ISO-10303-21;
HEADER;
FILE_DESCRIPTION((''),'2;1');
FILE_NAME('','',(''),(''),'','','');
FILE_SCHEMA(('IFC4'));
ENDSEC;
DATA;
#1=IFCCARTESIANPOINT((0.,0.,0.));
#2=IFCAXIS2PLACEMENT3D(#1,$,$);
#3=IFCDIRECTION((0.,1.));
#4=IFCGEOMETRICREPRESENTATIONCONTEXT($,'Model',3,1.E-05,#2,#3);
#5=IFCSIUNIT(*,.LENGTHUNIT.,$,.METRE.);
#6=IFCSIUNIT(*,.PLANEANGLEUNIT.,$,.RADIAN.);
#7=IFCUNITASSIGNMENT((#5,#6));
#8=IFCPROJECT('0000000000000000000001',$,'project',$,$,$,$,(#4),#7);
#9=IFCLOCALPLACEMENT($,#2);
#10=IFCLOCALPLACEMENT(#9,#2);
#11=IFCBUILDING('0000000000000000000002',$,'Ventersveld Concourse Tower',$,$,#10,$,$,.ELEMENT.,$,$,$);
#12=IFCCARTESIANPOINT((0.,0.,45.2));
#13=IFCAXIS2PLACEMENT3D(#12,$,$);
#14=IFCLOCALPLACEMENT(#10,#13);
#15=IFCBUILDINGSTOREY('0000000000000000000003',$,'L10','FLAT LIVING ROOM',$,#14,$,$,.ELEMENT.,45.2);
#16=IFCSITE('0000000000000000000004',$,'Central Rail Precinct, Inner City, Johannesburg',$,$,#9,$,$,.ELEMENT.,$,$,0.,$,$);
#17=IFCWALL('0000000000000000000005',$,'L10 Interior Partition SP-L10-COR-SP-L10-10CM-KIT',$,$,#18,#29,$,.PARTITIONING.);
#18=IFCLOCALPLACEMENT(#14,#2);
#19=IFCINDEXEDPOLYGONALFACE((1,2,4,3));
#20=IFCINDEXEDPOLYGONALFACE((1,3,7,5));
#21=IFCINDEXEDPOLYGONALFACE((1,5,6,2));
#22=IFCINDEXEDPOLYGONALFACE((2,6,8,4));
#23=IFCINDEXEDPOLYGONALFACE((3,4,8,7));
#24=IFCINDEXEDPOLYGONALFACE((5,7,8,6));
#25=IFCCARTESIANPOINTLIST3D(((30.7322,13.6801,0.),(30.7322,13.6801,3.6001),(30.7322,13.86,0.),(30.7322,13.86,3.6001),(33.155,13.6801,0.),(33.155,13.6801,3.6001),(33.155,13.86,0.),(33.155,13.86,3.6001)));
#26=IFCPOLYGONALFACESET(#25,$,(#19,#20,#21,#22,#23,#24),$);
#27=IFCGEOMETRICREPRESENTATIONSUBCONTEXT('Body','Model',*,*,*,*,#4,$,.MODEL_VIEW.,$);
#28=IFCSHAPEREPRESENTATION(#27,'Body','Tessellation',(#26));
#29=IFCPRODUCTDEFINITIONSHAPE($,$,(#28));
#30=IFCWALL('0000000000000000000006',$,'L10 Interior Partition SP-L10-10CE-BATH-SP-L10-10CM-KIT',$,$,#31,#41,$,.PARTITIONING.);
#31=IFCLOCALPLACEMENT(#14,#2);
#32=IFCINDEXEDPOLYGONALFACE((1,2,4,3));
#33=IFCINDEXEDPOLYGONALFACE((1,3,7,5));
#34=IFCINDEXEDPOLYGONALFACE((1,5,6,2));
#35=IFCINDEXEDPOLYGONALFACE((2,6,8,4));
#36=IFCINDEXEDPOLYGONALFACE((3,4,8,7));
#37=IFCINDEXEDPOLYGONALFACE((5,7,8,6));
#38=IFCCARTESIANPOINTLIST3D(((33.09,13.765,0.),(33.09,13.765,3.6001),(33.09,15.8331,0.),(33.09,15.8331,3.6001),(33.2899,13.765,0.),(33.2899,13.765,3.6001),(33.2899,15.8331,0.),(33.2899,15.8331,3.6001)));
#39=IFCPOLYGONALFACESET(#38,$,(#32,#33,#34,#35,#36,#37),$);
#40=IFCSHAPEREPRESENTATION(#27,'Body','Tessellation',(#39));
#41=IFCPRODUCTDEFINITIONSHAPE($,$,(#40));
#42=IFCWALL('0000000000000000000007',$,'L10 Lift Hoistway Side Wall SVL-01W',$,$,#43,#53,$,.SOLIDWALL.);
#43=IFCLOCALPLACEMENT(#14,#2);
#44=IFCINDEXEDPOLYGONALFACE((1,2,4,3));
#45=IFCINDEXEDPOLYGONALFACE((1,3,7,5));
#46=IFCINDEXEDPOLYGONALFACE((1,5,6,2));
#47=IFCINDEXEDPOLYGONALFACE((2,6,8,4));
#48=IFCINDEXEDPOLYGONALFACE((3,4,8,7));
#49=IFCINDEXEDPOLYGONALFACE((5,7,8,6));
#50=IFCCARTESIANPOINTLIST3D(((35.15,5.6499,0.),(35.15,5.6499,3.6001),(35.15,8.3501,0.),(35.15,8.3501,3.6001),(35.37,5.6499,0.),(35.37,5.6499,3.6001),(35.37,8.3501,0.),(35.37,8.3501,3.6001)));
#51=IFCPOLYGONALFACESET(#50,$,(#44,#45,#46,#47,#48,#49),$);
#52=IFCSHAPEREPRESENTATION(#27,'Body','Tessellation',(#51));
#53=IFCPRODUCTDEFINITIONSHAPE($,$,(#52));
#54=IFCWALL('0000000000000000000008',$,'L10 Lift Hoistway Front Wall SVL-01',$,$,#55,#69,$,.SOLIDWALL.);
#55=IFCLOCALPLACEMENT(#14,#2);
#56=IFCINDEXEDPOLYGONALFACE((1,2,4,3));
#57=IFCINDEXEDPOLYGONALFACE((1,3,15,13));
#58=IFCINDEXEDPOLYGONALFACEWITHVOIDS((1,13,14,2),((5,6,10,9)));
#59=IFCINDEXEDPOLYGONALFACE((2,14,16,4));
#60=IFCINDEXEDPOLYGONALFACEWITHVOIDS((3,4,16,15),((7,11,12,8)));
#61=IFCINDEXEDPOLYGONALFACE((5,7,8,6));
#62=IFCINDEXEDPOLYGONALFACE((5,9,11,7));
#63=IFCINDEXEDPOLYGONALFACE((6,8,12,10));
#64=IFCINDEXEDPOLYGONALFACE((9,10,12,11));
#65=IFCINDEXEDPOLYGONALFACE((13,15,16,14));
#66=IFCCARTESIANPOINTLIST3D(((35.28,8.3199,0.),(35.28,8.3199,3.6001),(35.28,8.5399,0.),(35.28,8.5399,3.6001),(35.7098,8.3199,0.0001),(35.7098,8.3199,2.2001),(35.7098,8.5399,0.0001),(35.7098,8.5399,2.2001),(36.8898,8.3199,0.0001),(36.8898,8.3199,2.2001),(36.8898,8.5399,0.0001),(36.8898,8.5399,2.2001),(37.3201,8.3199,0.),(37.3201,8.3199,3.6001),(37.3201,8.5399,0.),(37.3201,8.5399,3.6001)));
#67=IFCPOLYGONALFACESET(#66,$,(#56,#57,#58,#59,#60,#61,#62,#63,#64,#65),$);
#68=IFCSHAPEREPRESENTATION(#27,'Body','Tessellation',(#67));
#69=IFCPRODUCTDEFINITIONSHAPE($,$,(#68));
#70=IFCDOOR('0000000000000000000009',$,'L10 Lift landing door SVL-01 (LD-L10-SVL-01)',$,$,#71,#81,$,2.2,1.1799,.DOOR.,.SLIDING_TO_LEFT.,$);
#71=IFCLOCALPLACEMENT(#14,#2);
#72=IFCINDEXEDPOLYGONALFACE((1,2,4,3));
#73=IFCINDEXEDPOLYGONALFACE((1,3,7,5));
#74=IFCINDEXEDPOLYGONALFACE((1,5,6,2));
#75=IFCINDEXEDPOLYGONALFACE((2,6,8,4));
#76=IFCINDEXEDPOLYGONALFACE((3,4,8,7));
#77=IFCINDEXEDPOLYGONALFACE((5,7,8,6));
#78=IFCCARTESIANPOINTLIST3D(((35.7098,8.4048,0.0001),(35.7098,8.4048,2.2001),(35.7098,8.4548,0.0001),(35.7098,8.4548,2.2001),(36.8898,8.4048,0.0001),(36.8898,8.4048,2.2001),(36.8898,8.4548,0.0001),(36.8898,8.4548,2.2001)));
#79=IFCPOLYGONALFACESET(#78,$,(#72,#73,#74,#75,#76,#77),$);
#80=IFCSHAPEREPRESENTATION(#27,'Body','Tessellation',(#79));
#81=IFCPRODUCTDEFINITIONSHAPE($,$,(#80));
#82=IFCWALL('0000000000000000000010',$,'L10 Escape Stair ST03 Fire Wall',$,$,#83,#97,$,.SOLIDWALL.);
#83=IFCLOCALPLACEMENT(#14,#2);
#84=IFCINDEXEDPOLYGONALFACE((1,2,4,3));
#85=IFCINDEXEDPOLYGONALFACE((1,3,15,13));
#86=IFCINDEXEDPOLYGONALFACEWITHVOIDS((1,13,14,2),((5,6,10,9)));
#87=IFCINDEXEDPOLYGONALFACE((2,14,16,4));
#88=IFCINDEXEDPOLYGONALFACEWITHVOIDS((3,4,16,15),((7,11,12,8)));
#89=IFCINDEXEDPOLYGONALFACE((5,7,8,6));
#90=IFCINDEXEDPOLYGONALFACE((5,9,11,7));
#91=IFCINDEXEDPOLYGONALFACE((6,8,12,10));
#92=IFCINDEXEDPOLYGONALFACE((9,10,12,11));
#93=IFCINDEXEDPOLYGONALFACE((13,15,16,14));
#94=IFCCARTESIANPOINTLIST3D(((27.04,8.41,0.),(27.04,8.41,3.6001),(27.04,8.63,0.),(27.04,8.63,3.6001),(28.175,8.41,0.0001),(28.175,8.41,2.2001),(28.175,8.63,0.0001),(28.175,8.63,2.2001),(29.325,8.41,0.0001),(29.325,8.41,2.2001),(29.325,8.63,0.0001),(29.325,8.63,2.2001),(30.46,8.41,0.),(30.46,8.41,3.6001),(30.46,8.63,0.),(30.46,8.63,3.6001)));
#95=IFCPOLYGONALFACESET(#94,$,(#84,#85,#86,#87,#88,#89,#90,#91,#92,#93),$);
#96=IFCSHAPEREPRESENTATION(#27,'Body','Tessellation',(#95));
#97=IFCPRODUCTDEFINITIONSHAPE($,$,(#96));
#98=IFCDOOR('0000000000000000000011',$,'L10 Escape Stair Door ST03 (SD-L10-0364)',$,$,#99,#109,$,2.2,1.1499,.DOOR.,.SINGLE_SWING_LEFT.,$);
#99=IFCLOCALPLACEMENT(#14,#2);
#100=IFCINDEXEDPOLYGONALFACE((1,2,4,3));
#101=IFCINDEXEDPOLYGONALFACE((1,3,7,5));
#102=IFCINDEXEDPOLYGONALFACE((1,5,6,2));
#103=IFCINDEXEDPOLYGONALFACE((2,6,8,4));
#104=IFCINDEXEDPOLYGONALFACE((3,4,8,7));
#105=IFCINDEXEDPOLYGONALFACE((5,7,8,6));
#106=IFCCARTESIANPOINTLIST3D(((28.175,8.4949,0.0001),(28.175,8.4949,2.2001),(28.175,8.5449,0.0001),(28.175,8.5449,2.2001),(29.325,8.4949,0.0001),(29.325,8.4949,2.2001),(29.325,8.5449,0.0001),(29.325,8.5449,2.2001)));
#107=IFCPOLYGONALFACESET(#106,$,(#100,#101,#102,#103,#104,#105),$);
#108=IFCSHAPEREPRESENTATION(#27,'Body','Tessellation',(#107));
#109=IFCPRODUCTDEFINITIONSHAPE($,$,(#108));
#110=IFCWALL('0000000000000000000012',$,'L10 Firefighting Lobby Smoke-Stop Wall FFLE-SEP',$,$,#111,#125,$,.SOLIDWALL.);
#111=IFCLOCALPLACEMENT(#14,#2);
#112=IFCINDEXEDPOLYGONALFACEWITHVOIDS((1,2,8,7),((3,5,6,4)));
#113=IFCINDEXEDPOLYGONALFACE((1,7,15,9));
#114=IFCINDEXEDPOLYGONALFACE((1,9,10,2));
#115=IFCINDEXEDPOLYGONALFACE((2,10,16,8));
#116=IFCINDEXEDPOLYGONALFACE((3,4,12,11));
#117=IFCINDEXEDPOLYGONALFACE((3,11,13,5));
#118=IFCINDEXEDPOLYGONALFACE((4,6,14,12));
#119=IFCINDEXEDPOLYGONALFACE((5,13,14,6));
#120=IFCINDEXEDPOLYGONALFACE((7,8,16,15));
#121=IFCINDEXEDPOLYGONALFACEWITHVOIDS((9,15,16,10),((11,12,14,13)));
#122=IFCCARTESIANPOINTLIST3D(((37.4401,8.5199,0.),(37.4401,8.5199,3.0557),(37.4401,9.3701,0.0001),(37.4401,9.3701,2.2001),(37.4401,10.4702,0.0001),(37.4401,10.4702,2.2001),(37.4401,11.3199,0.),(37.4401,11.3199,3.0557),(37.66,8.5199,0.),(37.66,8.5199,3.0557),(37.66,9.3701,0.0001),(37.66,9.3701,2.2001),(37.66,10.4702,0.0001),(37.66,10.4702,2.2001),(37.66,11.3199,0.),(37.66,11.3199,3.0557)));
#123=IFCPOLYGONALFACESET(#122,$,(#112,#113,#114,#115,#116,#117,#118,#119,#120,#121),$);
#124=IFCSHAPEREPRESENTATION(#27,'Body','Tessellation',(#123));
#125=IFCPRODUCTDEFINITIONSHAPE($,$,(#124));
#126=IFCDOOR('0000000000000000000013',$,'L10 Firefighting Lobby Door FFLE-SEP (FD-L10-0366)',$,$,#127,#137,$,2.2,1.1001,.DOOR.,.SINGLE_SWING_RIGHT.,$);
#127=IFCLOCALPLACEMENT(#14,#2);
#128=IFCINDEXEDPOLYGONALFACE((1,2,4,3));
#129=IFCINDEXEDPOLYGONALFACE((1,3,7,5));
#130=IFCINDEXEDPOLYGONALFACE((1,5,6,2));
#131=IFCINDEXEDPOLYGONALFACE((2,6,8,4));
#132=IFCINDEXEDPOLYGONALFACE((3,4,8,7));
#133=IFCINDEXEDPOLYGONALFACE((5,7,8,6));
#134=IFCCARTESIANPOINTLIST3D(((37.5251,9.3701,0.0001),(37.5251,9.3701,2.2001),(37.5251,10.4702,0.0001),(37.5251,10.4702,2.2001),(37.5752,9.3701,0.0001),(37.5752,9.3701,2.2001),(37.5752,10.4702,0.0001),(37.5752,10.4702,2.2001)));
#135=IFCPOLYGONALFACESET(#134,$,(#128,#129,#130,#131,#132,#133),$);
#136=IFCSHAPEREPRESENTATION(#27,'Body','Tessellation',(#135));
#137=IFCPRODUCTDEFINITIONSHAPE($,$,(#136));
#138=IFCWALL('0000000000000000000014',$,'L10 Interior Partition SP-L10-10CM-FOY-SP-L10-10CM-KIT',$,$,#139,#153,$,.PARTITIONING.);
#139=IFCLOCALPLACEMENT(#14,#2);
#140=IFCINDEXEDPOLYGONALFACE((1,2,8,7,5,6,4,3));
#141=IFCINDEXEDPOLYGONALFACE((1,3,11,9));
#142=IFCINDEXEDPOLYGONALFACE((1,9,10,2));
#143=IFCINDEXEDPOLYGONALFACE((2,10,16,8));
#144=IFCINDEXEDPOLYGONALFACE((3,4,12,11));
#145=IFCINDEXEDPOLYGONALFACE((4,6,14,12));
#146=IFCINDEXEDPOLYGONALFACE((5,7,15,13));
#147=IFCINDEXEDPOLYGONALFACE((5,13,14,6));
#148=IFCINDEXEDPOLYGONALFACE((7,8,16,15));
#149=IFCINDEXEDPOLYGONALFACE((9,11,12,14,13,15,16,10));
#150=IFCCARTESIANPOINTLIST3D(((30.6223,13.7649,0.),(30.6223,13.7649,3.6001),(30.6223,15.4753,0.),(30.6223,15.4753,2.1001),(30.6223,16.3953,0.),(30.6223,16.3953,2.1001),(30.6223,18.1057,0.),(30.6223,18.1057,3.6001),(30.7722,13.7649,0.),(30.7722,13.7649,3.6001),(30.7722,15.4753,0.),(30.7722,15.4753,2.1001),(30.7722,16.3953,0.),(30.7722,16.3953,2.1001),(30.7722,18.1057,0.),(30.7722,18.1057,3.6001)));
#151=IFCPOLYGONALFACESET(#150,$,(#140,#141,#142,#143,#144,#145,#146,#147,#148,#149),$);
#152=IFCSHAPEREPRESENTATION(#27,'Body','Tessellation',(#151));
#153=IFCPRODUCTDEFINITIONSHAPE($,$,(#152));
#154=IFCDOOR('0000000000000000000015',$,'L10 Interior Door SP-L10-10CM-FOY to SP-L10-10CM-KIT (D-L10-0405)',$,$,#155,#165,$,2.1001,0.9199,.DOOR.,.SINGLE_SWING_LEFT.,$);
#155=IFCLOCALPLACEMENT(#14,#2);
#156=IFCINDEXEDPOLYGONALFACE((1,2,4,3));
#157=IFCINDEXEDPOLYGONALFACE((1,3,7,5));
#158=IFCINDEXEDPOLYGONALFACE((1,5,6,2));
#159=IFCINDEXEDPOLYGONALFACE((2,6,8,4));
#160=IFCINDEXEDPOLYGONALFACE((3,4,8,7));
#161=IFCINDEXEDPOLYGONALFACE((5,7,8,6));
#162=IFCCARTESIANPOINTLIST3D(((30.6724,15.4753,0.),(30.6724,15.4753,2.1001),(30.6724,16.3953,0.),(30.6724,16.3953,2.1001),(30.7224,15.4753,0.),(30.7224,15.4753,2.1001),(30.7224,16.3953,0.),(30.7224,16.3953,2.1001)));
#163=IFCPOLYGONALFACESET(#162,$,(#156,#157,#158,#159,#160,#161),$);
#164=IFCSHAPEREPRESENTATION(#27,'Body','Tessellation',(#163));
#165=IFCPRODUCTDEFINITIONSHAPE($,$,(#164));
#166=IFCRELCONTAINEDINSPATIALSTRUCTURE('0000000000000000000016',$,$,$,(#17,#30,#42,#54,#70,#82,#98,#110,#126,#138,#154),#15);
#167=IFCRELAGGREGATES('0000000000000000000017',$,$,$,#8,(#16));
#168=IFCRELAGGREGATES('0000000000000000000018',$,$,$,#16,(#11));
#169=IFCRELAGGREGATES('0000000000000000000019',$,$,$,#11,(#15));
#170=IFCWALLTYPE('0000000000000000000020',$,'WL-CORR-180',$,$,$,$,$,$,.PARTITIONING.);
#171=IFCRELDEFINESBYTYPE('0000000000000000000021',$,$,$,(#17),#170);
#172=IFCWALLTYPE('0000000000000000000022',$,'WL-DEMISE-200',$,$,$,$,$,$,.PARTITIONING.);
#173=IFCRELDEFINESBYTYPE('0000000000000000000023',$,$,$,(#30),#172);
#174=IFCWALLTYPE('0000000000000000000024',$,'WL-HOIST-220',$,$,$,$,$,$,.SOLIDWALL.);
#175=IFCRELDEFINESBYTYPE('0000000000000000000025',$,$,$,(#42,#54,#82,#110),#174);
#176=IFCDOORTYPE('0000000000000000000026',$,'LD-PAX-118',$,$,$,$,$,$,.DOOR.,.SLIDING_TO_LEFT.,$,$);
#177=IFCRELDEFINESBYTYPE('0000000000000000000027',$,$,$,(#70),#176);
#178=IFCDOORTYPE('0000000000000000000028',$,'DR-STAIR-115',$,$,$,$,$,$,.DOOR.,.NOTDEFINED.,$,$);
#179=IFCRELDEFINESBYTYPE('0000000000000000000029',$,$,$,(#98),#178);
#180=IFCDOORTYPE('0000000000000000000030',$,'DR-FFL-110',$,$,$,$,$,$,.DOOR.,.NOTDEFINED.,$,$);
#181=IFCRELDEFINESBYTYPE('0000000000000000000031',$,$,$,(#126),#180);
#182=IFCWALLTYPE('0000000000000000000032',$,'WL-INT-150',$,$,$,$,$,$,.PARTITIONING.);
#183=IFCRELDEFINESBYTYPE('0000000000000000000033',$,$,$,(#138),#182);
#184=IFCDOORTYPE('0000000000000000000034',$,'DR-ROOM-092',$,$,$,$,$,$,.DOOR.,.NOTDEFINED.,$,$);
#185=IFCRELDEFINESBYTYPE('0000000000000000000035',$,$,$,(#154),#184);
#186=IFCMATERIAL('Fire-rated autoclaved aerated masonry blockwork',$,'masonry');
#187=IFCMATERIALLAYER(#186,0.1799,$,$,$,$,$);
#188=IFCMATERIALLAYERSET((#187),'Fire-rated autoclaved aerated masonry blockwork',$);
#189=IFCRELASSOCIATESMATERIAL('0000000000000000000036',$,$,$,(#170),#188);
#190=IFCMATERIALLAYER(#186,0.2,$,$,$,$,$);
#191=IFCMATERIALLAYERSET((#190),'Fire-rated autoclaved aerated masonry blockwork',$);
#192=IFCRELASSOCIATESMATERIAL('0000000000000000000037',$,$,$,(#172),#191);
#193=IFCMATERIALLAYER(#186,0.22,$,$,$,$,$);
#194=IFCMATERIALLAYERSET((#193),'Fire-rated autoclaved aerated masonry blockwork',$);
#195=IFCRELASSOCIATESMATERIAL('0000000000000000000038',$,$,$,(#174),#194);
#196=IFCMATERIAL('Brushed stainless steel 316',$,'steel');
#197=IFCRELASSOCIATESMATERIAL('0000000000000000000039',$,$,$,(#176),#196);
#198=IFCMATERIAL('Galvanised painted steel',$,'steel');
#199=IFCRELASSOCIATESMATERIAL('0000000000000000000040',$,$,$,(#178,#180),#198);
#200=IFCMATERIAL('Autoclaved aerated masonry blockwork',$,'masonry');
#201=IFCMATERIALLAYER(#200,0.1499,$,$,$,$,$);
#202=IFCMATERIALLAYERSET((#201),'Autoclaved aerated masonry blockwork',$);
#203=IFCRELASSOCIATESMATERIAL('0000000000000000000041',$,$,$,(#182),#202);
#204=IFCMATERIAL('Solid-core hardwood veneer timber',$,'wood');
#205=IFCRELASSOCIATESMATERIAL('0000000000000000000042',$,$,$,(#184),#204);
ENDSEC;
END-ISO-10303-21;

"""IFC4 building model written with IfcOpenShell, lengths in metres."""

from ifc_helpers import new_model, si_unit, direction, frame, frame_2d, origin, place, context, subcontext, project, spatial, rectangle, extrude, material, layer, layer_set, type_object, element, fill, save


model = new_model("IFC4")

# Units and contexts
model_context = context("Model", 3, precision=1e-05, world=origin(), true_north=direction((0.0, 1.0)))
body_context = subcontext(model_context, "Body", "Model", "MODEL_VIEW")
ifc_project = project(units=[si_unit("LENGTHUNIT", "METRE"), si_unit("PLANEANGLEUNIT", "RADIAN")], contexts=[model_context])

# Site, building, storey
site_placement = place(None, origin())
site = spatial("IfcSite", under=ifc_project, at=site_placement, Name="Central Rail Precinct, Inner City, Johannesburg", CompositionType="ELEMENT", RefElevation=0.0)
building_placement = place(site_placement, origin())
building = spatial("IfcBuilding", under=site, at=building_placement, Name="Ventersveld Concourse Tower", CompositionType="ELEMENT")
storey_placement = place(building_placement, frame((0.0, 0.0, 45.2)))
storey = spatial("IfcBuildingStorey", under=building, at=storey_placement, Name="L10", Description="FLAT LIVING ROOM", CompositionType="ELEMENT", Elevation=45.2)

# Shared definitions
ifc_material_1 = material(Name="Fire-rated autoclaved aerated masonry blockwork", Category="masonry")
ifc_layer_1 = layer(ifc_material_1, 0.1799)
ifc_layer_set_1 = layer_set([ifc_layer_1], Name="Fire-rated autoclaved aerated masonry blockwork")
wall_type_1 = type_object("IfcWallType", Name="WL-CORR-180", PredefinedType="PARTITIONING", material=ifc_layer_set_1)
ifc_material_2 = material(Name="Galvanised painted steel", Category="steel")

# Shared definitions
ifc_material_3 = material(Name="Solid-core hardwood veneer timber", Category="wood")

# Walls
wall_1_placement = place(storey_placement, frame((30.7322, 13.77, 0.0), z_axis=(0.0, 0.0, 1.0), x_axis=(1.0, 0.0, 0.0)))
element("IfcWall", 1, at=wall_1_placement, inside=storey, type_object=wall_type_1, Name="L10 Interior Partition SP-L10-COR-SP-L10-10CM-KIT", PredefinedType="PARTITIONING", context=body_context, shape_type="SweptSolid", body=[
    extrude(rectangle(XDim=2.4229, YDim=0.1799, at=frame_2d((1.2114, 0.0))), origin(), (0.0, 0.0, 1.0), 3.6001),
])
ifc_layer_2 = layer(ifc_material_1, 0.2)
ifc_layer_set_2 = layer_set([ifc_layer_2], Name="Fire-rated autoclaved aerated masonry blockwork")
wall_type_2 = type_object("IfcWallType", Name="WL-DEMISE-200", PredefinedType="PARTITIONING", material=ifc_layer_set_2)
wall_2_placement = place(storey_placement, frame((33.1899, 13.7649, 0.0), z_axis=(0.0, 0.0, 1.0), x_axis=(0.0, 1.0, 0.0)))
element("IfcWall", 2, at=wall_2_placement, inside=storey, type_object=wall_type_2, Name="L10 Interior Partition SP-L10-10CE-BATH-SP-L10-10CM-KIT", PredefinedType="PARTITIONING", context=body_context, shape_type="SweptSolid", body=[
    extrude(rectangle(XDim=2.0681, YDim=0.2, at=frame_2d((1.0342, 0.0))), origin(), (0.0, 0.0, 1.0), 3.6001),
])
ifc_layer_3 = layer(ifc_material_1, 0.22)
ifc_layer_set_3 = layer_set([ifc_layer_3], Name="Fire-rated autoclaved aerated masonry blockwork")
wall_type_3 = type_object("IfcWallType", Name="WL-HOIST-220", PredefinedType="SOLIDWALL", material=ifc_layer_set_3)
wall_3_placement = place(storey_placement, frame((35.26, 5.6499, 0.0), z_axis=(0.0, 0.0, 1.0), x_axis=(0.0, 1.0, 0.0)))
element("IfcWall", 3, at=wall_3_placement, inside=storey, type_object=wall_type_3, Name="L10 Lift Hoistway Side Wall SVL-01W", PredefinedType="SOLIDWALL", context=body_context, shape_type="SweptSolid", body=[
    extrude(rectangle(XDim=2.7002, YDim=0.22, at=frame_2d((1.3501, 0.0))), origin(), (0.0, 0.0, 1.0), 3.6001),
])

# Walls, openings, doors
wall_4_placement = place(storey_placement, frame((35.28, 8.4299, 0.0), z_axis=(0.0, 0.0, 1.0), x_axis=(1.0, 0.0, 0.0)))
wall_4 = element("IfcWall", 4, at=wall_4_placement, inside=storey, type_object=wall_type_3, Name="L10 Lift Hoistway Front Wall SVL-01", PredefinedType="SOLIDWALL", context=body_context, shape_type="SweptSolid", body=[
    extrude(rectangle(XDim=2.04, YDim=0.22, at=frame_2d((1.02, 0.0))), origin(), (0.0, 0.0, 1.0), 3.6001),
])
opening_1_placement = place(wall_4_placement, frame((0.4299, 0.0, 0.0)))
opening_1 = element("IfcOpeningElement", 5, at=opening_1_placement, cuts=wall_4, PredefinedType="OPENING", context=body_context, shape_type="SweptSolid", body=[
    extrude(rectangle(XDim=1.1799, YDim=2.2, at=frame_2d((0.5898, 1.1001))), frame((0.0, 0.1201, 0.0), z_axis=(0.0, -1.0, 0.0), x_axis=(1.0, 0.0, 0.0)), (0.0, 0.0, 1.0), 0.24),
])
ifc_material_4 = material(Name="Brushed stainless steel 316", Category="steel")
door_type_1 = type_object("IfcDoorType", Name="LD-PAX-118", OperationType="SLIDING_TO_LEFT", PredefinedType="DOOR", material=ifc_material_4)
door_1_placement = place(opening_1_placement, origin())
door_1 = element("IfcDoor", 6, at=door_1_placement, inside=storey, type_object=door_type_1, Name="L10 Lift landing door SVL-01 (LD-L10-SVL-01)", OperationType="SLIDING_TO_LEFT", OverallHeight=2.2, OverallWidth=1.1799, PredefinedType="DOOR", context=body_context, shape_type="SweptSolid", body=[
    extrude(rectangle(XDim=1.1799, YDim=2.2, at=frame_2d((0.5898, 1.1001))), frame((0.0, 0.0249, 0.0), z_axis=(0.0, -1.0, 0.0), x_axis=(1.0, 0.0, 0.0)), (0.0, 0.0, 1.0), 0.05),
])
fill(opening_1, door_1)
wall_5_placement = place(storey_placement, frame((27.04, 8.52, 0.0), z_axis=(0.0, 0.0, 1.0), x_axis=(1.0, 0.0, 0.0)))
wall_5 = element("IfcWall", 7, at=wall_5_placement, inside=storey, type_object=wall_type_3, Name="L10 Escape Stair ST03 Fire Wall", PredefinedType="SOLIDWALL", context=body_context, shape_type="SweptSolid", body=[
    extrude(rectangle(XDim=3.4199, YDim=0.22, at=frame_2d((1.71, 0.0))), origin(), (0.0, 0.0, 1.0), 3.6001),
])
opening_2_placement = place(wall_5_placement, frame((1.135, 0.0, 0.0)))
opening_2 = element("IfcOpeningElement", 8, at=opening_2_placement, cuts=wall_5, PredefinedType="OPENING", context=body_context, shape_type="SweptSolid", body=[
    extrude(rectangle(XDim=1.1499, YDim=2.2, at=frame_2d((0.575, 1.1001))), frame((0.0, 0.1201, 0.0), z_axis=(0.0, -1.0, 0.0), x_axis=(1.0, 0.0, 0.0)), (0.0, 0.0, 1.0), 0.24),
])
door_type_2 = type_object("IfcDoorType", Name="DR-STAIR-115", OperationType="NOTDEFINED", PredefinedType="DOOR", material=ifc_material_2)
door_2_placement = place(opening_2_placement, origin())
door_2 = element("IfcDoor", 9, at=door_2_placement, inside=storey, type_object=door_type_2, Name="L10 Escape Stair Door ST03 (SD-L10-0364)", OperationType="SINGLE_SWING_LEFT", OverallHeight=2.2, OverallWidth=1.1499, PredefinedType="DOOR", context=body_context, shape_type="SweptSolid", body=[
    extrude(rectangle(XDim=1.1499, YDim=2.2, at=frame_2d((0.575, 1.1001))), frame((0.0, 0.0249, 0.0), z_axis=(0.0, -1.0, 0.0), x_axis=(1.0, 0.0, 0.0)), (0.0, 0.0, 1.0), 0.05),
])
fill(opening_2, door_2)
wall_6_placement = place(storey_placement, frame((37.55, 8.52, 0.0), z_axis=(0.0, 0.0, 1.0), x_axis=(0.0, 1.0, 0.0)))
wall_6 = element("IfcWall", 10, at=wall_6_placement, inside=storey, type_object=wall_type_3, Name="L10 Firefighting Lobby Smoke-Stop Wall FFLE-SEP", PredefinedType="SOLIDWALL", context=body_context, shape_type="SweptSolid", body=[
    extrude(rectangle(XDim=2.8, YDim=0.22, at=frame_2d((1.3999, 0.0))), origin(), (0.0, 0.0, 1.0), 3.0557),
])
opening_3_placement = place(wall_6_placement, frame((0.8501, 0.0, 0.0)))
opening_3 = element("IfcOpeningElement", 11, at=opening_3_placement, cuts=wall_6, PredefinedType="OPENING", context=body_context, shape_type="SweptSolid", body=[
    extrude(rectangle(XDim=1.1001, YDim=2.2, at=frame_2d((0.55, 1.1001))), frame((0.0, 0.1201, 0.0), z_axis=(0.0, -1.0, 0.0), x_axis=(1.0, 0.0, 0.0)), (0.0, 0.0, 1.0), 0.24),
])
door_type_3 = type_object("IfcDoorType", Name="DR-FFL-110", OperationType="NOTDEFINED", PredefinedType="DOOR", material=ifc_material_2)
door_3_placement = place(opening_3_placement, origin())
door_3 = element("IfcDoor", 12, at=door_3_placement, inside=storey, type_object=door_type_3, Name="L10 Firefighting Lobby Door FFLE-SEP (FD-L10-0366)", OperationType="SINGLE_SWING_RIGHT", OverallHeight=2.2, OverallWidth=1.1001, PredefinedType="DOOR", context=body_context, shape_type="SweptSolid", body=[
    extrude(rectangle(XDim=1.1001, YDim=2.2, at=frame_2d((0.55, 1.1001))), frame((0.0, 0.0249, 0.0), z_axis=(0.0, -1.0, 0.0), x_axis=(1.0, 0.0, 0.0)), (0.0, 0.0, 1.0), 0.05),
])
fill(opening_3, door_3)
ifc_material_5 = material(Name="Autoclaved aerated masonry blockwork", Category="masonry")
ifc_layer_4 = layer(ifc_material_5, 0.1499)
ifc_layer_set_4 = layer_set([ifc_layer_4], Name="Autoclaved aerated masonry blockwork")
wall_type_4 = type_object("IfcWallType", Name="WL-INT-150", PredefinedType="PARTITIONING", material=ifc_layer_set_4)
wall_7_placement = place(storey_placement, frame((30.6973, 13.7649, 0.0), z_axis=(0.0, 0.0, 1.0), x_axis=(0.0, 1.0, 0.0)))
wall_7 = element("IfcWall", 13, at=wall_7_placement, inside=storey, type_object=wall_type_4, Name="L10 Interior Partition SP-L10-10CM-FOY-SP-L10-10CM-KIT", PredefinedType="PARTITIONING", context=body_context, shape_type="SweptSolid", body=[
    extrude(rectangle(XDim=4.3408, YDim=0.1499, at=frame_2d((2.1704, 0.0))), origin(), (0.0, 0.0, 1.0), 3.6001),
])
opening_4_placement = place(wall_7_placement, frame((1.7104, 0.0, 0.0)))
opening_4 = element("IfcOpeningElement", 14, at=opening_4_placement, cuts=wall_7, PredefinedType="OPENING", context=body_context, shape_type="SweptSolid", body=[
    extrude(rectangle(XDim=0.9199, YDim=2.1001, at=frame_2d((0.46, 1.05))), frame((0.0, 0.085, 0.0), z_axis=(0.0, -1.0, 0.0), x_axis=(1.0, 0.0, 0.0)), (0.0, 0.0, 1.0), 0.1699),
])
door_type_4 = type_object("IfcDoorType", Name="DR-ROOM-092", OperationType="NOTDEFINED", PredefinedType="DOOR", material=ifc_material_3)
door_4_placement = place(opening_4_placement, origin())
door_4 = element("IfcDoor", 15, at=door_4_placement, inside=storey, type_object=door_type_4, Name="L10 Interior Door SP-L10-10CM-FOY to SP-L10-10CM-KIT (D-L10-0405)", OperationType="SINGLE_SWING_LEFT", OverallHeight=2.1001, OverallWidth=0.9199, PredefinedType="DOOR", context=body_context, shape_type="SweptSolid", body=[
    extrude(rectangle(XDim=0.9199, YDim=2.1001, at=frame_2d((0.46, 1.05))), frame((0.0, 0.0249, 0.0), z_axis=(0.0, -1.0, 0.0), x_axis=(1.0, 0.0, 0.0)), (0.0, 0.0, 1.0), 0.05),
])
fill(opening_4, door_4)

save(model, "model.ifc")
